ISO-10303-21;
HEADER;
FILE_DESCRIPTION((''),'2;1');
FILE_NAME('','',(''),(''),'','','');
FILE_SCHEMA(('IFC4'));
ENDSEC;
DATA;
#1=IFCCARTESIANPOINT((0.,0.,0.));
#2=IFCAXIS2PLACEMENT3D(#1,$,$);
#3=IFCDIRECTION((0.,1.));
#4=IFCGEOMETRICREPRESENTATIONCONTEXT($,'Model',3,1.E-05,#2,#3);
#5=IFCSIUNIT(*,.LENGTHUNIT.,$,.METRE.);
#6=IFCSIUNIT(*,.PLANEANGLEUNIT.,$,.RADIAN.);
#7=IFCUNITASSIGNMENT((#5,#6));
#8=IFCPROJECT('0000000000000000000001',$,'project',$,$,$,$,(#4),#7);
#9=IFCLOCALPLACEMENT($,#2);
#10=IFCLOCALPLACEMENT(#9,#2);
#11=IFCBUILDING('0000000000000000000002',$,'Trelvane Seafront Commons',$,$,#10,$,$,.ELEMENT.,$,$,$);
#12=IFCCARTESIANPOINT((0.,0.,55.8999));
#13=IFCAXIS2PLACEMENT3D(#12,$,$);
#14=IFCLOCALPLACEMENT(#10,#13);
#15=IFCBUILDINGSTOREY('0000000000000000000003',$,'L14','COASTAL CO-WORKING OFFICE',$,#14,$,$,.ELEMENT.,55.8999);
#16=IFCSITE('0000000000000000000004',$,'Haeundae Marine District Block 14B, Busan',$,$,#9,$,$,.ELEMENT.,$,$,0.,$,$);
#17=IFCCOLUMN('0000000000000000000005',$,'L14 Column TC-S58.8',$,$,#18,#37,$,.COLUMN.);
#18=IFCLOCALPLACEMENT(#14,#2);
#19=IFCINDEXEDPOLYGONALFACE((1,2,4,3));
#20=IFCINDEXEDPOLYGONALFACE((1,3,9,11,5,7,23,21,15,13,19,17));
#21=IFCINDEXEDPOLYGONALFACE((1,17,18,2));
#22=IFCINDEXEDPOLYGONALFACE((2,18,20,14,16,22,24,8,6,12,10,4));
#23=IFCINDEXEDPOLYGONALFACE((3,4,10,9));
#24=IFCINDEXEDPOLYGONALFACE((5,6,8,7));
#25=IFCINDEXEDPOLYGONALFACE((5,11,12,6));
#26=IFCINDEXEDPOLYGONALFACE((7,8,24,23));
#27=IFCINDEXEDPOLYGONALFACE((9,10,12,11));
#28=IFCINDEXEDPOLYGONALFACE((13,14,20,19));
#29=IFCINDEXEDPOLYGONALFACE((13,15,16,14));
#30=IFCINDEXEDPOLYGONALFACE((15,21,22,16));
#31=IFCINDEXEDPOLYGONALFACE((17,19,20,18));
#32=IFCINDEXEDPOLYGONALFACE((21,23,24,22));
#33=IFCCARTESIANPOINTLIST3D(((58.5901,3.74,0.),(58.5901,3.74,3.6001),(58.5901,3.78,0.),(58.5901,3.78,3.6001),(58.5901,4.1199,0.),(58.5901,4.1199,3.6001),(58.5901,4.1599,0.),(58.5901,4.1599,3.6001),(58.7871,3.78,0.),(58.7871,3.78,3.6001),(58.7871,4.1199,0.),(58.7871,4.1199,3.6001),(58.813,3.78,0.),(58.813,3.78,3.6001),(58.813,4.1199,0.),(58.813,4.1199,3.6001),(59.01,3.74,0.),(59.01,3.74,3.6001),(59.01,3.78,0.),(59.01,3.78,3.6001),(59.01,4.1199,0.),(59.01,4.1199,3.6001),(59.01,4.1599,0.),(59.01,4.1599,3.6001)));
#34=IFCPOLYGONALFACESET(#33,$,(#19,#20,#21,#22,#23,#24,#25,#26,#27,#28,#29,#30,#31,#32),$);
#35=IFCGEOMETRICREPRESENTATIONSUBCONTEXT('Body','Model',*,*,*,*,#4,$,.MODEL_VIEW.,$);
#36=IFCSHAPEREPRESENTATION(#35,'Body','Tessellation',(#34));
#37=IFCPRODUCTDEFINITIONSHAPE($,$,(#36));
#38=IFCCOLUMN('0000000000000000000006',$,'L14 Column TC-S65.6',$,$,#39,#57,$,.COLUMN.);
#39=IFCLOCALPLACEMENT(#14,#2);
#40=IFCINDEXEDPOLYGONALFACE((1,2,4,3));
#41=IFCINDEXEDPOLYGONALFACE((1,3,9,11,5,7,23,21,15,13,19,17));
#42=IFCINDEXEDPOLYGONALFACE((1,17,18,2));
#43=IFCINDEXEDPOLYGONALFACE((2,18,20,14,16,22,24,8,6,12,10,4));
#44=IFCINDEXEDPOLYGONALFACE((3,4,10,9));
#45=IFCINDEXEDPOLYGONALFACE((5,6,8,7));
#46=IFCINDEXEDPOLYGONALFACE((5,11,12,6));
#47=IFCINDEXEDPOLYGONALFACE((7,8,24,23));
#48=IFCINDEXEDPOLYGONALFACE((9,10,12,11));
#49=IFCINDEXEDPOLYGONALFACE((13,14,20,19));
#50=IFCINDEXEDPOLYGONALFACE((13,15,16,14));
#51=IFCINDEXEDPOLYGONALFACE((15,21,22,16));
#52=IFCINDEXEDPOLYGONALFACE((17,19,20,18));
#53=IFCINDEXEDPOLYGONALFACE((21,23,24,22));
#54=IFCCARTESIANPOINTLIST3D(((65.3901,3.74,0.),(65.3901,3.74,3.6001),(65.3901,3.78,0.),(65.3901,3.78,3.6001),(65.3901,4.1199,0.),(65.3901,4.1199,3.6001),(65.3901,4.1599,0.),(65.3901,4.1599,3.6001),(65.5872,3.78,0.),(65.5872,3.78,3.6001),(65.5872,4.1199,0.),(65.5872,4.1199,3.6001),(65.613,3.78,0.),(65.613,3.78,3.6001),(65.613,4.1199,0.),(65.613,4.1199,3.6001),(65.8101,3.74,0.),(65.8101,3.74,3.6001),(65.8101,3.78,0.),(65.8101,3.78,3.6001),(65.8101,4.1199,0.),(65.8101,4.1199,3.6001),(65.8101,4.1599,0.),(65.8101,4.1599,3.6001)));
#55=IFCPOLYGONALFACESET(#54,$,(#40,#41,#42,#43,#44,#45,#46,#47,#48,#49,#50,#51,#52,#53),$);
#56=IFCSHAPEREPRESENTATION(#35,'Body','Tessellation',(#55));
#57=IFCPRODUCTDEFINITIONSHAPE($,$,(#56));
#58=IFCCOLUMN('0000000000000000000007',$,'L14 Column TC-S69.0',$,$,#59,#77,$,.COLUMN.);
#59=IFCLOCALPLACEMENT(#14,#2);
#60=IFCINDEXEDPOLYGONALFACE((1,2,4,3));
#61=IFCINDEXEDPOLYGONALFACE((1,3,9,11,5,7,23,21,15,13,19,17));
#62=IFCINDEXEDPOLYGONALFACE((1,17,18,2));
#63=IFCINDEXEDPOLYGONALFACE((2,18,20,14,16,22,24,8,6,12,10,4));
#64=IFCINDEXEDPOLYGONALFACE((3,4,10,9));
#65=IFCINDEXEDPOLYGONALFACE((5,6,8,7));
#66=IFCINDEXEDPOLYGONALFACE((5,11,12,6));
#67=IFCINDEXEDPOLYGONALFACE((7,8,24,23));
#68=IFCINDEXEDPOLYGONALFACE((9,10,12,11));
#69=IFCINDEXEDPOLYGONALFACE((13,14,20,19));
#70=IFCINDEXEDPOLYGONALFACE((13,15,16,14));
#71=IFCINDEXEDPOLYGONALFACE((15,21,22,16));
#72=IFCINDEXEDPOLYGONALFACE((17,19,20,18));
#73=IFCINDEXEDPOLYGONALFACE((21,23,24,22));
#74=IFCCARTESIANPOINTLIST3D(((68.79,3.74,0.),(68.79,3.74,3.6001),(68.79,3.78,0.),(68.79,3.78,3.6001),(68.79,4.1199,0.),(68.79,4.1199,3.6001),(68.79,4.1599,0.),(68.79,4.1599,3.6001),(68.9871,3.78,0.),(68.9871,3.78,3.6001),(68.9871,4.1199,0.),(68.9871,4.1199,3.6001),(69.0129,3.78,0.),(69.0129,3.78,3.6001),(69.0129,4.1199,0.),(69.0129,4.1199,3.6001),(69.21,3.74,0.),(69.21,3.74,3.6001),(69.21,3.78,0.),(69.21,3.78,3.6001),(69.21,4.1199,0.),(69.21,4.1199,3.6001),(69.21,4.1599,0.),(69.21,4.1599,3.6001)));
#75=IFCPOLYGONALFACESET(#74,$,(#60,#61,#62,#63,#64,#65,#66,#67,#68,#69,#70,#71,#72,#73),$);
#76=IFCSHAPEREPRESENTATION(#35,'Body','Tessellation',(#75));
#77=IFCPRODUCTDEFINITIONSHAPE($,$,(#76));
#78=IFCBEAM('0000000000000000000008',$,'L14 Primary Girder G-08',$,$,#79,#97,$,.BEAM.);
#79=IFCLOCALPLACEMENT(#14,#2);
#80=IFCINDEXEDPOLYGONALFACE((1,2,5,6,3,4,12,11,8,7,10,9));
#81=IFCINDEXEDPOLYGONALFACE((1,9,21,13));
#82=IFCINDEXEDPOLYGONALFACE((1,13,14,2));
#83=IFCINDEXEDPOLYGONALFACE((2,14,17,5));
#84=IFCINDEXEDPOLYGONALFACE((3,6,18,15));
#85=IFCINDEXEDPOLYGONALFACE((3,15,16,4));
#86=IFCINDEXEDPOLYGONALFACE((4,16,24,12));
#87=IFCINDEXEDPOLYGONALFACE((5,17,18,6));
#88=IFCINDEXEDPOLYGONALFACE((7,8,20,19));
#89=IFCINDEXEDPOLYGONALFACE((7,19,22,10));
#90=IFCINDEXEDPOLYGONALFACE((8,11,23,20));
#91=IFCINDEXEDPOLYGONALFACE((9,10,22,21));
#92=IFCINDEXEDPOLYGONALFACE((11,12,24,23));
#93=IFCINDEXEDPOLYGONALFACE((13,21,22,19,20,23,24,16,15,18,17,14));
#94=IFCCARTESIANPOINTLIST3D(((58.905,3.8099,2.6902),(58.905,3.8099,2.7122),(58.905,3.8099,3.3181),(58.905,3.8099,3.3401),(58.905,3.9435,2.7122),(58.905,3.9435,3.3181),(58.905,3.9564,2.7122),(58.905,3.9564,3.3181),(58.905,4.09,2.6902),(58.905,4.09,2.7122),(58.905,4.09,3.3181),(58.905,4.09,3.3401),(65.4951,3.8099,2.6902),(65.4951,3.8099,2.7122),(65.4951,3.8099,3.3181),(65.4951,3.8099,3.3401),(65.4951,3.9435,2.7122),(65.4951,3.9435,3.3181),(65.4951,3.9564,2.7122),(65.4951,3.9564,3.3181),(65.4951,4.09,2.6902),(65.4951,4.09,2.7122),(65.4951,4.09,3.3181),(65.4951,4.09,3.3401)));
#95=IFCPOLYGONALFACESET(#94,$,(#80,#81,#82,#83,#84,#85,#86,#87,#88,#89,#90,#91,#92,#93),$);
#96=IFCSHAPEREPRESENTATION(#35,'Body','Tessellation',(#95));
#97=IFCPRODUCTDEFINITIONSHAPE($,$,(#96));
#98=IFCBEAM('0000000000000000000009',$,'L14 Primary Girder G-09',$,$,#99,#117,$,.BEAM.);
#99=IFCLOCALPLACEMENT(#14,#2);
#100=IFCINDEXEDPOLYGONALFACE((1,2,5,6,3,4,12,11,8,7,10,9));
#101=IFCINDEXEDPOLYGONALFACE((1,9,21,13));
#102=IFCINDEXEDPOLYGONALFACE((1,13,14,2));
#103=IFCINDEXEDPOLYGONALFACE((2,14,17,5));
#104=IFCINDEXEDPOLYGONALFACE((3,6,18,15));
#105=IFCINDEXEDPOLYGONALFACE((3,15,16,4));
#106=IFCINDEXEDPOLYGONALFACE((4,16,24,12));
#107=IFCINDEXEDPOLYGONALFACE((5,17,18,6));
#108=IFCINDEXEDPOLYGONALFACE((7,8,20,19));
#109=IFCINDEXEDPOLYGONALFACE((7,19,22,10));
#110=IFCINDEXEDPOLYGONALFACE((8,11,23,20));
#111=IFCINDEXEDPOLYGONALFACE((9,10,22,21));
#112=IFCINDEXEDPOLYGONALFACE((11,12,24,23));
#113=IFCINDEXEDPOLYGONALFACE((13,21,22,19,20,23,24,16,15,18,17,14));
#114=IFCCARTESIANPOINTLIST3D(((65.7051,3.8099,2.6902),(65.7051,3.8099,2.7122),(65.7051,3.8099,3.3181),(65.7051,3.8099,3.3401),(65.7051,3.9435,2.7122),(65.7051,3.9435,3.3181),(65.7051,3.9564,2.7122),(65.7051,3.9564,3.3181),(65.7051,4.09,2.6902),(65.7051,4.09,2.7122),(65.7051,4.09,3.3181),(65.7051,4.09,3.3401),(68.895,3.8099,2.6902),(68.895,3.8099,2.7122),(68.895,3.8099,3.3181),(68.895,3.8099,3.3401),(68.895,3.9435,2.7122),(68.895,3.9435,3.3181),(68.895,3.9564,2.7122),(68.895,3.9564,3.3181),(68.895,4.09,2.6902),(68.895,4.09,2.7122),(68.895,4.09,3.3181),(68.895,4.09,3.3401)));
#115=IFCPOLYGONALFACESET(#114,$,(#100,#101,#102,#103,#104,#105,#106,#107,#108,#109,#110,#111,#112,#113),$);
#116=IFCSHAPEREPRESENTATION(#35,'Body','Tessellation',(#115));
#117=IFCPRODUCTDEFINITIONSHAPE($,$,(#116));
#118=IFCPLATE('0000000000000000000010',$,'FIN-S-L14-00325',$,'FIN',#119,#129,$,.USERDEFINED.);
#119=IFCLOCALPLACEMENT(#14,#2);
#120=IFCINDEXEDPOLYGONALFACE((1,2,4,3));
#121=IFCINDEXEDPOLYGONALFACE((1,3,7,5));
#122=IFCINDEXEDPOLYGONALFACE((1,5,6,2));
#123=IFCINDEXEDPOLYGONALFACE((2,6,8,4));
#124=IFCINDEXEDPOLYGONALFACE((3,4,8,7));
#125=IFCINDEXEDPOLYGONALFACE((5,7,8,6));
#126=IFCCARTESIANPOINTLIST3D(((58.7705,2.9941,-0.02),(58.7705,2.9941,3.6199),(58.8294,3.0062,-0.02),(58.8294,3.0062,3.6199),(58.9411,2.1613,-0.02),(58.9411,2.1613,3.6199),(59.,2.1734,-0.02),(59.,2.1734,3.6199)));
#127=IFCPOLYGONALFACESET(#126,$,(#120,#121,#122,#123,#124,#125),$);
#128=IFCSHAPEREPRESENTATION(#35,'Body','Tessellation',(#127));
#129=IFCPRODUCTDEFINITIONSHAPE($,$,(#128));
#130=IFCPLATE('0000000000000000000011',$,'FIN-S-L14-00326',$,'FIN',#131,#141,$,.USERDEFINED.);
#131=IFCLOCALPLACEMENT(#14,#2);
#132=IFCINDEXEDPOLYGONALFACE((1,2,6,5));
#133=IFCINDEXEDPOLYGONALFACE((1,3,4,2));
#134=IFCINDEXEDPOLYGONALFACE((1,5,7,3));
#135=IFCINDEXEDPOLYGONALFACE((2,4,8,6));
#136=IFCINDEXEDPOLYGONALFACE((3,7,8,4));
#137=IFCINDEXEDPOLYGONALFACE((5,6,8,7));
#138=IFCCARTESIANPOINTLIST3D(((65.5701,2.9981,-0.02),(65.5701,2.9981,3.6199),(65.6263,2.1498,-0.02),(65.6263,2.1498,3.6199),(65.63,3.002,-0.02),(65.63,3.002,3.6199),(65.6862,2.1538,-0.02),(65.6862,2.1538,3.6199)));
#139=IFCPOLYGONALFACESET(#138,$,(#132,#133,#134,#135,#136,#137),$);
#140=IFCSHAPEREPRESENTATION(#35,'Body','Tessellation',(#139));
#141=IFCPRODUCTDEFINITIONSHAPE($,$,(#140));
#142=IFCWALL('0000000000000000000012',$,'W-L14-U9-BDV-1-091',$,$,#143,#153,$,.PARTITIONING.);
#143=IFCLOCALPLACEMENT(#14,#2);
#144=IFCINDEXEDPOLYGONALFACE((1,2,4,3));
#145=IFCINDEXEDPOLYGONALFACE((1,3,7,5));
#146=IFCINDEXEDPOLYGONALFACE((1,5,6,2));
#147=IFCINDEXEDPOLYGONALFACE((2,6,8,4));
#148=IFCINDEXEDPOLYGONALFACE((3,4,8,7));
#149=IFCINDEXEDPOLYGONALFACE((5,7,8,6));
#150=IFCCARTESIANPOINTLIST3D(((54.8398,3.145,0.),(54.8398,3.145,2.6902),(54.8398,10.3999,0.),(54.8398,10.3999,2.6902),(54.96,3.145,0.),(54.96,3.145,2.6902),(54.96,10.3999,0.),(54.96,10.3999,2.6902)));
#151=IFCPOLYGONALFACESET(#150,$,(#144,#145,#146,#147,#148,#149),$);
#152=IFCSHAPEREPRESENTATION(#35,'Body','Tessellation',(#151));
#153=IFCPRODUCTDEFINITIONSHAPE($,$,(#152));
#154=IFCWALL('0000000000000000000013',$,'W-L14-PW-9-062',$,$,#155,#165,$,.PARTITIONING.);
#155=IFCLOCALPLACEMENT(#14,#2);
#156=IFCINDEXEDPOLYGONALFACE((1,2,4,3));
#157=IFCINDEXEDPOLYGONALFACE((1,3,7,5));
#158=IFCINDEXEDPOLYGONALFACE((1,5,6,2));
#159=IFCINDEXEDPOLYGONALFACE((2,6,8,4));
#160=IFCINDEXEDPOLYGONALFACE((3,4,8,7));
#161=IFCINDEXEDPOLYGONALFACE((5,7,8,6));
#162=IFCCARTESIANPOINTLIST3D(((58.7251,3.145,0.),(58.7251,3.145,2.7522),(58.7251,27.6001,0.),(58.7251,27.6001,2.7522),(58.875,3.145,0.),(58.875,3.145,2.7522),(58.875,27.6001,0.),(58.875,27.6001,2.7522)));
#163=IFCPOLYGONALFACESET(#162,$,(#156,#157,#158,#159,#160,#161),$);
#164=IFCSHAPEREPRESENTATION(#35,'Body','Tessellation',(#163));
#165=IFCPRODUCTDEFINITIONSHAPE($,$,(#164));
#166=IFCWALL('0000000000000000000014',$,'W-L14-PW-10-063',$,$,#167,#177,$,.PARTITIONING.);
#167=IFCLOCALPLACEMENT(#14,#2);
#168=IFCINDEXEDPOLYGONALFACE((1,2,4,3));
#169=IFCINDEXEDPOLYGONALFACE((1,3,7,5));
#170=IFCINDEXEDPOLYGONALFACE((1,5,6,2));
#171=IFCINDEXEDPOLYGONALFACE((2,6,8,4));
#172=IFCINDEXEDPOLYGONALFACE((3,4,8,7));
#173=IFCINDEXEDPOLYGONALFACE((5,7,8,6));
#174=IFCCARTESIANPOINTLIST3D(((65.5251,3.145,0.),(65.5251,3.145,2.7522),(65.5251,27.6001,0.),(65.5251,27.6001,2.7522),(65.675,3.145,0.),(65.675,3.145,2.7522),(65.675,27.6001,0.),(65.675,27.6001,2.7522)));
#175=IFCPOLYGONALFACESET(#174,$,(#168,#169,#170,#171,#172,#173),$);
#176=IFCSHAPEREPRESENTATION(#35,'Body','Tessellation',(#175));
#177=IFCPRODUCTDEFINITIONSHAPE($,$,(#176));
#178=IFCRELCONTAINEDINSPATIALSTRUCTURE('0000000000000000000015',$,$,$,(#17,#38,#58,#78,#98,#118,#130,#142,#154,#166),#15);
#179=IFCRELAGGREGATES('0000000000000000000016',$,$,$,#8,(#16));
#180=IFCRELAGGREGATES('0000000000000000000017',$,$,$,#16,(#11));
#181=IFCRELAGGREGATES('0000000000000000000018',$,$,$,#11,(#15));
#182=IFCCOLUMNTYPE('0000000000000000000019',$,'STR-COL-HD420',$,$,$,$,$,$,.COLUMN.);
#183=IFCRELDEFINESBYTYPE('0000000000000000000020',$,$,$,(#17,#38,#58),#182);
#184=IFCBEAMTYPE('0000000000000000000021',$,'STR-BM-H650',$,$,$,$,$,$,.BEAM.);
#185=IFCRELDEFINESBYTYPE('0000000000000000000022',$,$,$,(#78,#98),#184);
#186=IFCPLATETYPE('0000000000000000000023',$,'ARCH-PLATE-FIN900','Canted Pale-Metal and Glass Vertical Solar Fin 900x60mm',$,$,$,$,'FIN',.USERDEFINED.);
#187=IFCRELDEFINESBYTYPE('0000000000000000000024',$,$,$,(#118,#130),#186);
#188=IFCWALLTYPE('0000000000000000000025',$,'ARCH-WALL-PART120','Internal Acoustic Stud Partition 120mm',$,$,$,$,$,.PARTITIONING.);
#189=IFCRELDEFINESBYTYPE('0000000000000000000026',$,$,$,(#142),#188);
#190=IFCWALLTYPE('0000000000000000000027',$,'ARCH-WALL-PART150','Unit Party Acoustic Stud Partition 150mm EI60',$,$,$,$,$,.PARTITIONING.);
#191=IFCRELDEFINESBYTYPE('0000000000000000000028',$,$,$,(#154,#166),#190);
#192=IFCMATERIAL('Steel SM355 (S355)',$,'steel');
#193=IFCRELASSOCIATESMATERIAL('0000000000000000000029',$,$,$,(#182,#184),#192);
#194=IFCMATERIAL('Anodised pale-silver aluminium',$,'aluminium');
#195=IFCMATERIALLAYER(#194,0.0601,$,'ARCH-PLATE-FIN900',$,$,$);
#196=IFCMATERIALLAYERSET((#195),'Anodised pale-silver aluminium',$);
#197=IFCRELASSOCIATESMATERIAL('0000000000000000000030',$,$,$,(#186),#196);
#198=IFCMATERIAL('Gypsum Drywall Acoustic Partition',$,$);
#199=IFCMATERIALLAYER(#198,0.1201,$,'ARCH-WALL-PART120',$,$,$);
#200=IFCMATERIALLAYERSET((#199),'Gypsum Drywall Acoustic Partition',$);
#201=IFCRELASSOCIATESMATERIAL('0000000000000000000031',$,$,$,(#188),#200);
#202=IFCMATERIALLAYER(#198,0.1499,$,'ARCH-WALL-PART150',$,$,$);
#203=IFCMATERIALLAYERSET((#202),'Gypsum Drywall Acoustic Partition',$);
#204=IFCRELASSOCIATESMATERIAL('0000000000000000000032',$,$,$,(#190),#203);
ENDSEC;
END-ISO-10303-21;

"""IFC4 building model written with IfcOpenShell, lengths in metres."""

from ifc_helpers import new_model, si_unit, direction, frame, frame_2d, origin, origin_2d, place, context, subcontext, project, spatial, rectangle, i_section, extrude, source, transform, mapped, material, layer, layer_set, material_profile, profile_set, type_object, element, save


model = new_model("IFC4")

# Units and contexts
model_context = context("Model", 3, precision=1e-05, world=origin(), true_north=direction((0.0, 1.0)))
body_context = subcontext(model_context, "Body", "Model", "MODEL_VIEW")
ifc_project = project(units=[si_unit("LENGTHUNIT", "METRE"), si_unit("PLANEANGLEUNIT", "RADIAN")], contexts=[model_context])

# Site, building, storey
site_placement = place(None, origin())
site = spatial("IfcSite", under=ifc_project, at=site_placement, Name="Haeundae Marine District Block 14B, Busan", CompositionType="ELEMENT", RefElevation=0.0)
building_placement = place(site_placement, origin())
building = spatial("IfcBuilding", under=site, at=building_placement, Name="Trelvane Seafront Commons", CompositionType="ELEMENT")
storey_placement = place(building_placement, frame((0.0, 0.0, 55.8999)))
storey = spatial("IfcBuildingStorey", under=building, at=storey_placement, Name="L14", Description="COASTAL CO-WORKING OFFICE", CompositionType="ELEMENT", Elevation=55.8999)

# Columns
ifc_material_1 = material(Name="Steel SM355 (S355)", Category="steel")
ifc_material_profile_1 = material_profile(ifc_material_1, i_section(OverallWidth=0.4199, OverallDepth=0.4199, WebThickness=0.0259, FlangeThickness=0.04, at=origin_2d()), Name="HD-420x420x26x40")
ifc_profile_set_1 = profile_set([ifc_material_profile_1], Name="Steel SM355 (S355)")
column_type = type_object("IfcColumnType", Name="STR-COL-HD420", PredefinedType="COLUMN", material=ifc_profile_set_1)
shared_shape_1 = source(origin(), body_context, "Body", "SweptSolid", [
    extrude(i_section(OverallWidth=0.4199, OverallDepth=0.4199, WebThickness=0.0259, FlangeThickness=0.04, at=origin_2d()), origin(), (0.0, 0.0, 1.0), 3.6001),
])
for number, where, z_axis, x_axis, name in (
    (1, (58.8, 3.95, 0.0), (0.0, 0.0, 1.0), (1.0, 0.0, 0.0), "L14 Column TC-S58.8"),
    (2, (65.6001, 3.95, 0.0), (0.0, 0.0, 1.0), (1.0, 0.0, 0.0), "L14 Column TC-S65.6"),
    (3, (69.0, 3.95, 0.0), (0.0, 0.0, 1.0), (1.0, 0.0, 0.0), "L14 Column TC-S69.0"),
):
    element("IfcColumn", number, at=place(storey_placement, frame(where, z_axis=z_axis, x_axis=x_axis)), inside=storey, type_object=column_type, Name=name, PredefinedType="COLUMN", context=body_context, shape_type="MappedRepresentation", body=[
        mapped(shared_shape_1, transform((0.0, 0.0, 0.0), x_axis=(1.0, 0.0, 0.0), y_axis=(0.0, 1.0, 0.0), z_axis=(0.0, 0.0, 1.0), scale=1.0)),
    ])

# Beams
ifc_material_profile_2 = material_profile(ifc_material_1, i_section(OverallWidth=0.28, OverallDepth=0.6499, WebThickness=0.0129, FlangeThickness=0.022, at=origin_2d()), Name="H-650x280x13x22")
ifc_profile_set_2 = profile_set([ifc_material_profile_2], Name="Steel SM355 (S355)")
beam_type = type_object("IfcBeamType", Name="STR-BM-H650", PredefinedType="BEAM", material=ifc_profile_set_2)
shared_shape_2 = source(origin(), body_context, "Body", "SweptSolid", [
    extrude(i_section(OverallWidth=0.28, OverallDepth=0.6499, WebThickness=0.0129, FlangeThickness=0.022, at=origin_2d()), origin(), (0.0, 0.0, 1.0), 6.5901),
])
beam_1_placement = place(storey_placement, frame((58.905, 3.95, 3.0151), z_axis=(1.0, 0.0, 0.0), x_axis=(0.0, 1.0, 0.0)))
element("IfcBeam", 4, at=beam_1_placement, inside=storey, type_object=beam_type, Name="L14 Primary Girder G-08", PredefinedType="BEAM", context=body_context, shape_type="MappedRepresentation", body=[
    mapped(shared_shape_2, transform((0.0, 0.0, 0.0), x_axis=(1.0, 0.0, 0.0), y_axis=(0.0, 1.0, 0.0), z_axis=(0.0, 0.0, 1.0), scale=1.0)),
])
shared_shape_3 = source(origin(), body_context, "Body", "SweptSolid", [
    extrude(i_section(OverallWidth=0.28, OverallDepth=0.6499, WebThickness=0.0129, FlangeThickness=0.022, at=origin_2d()), origin(), (0.0, 0.0, 1.0), 3.1899),
])
beam_2_placement = place(storey_placement, frame((65.7051, 3.95, 3.0151), z_axis=(1.0, 0.0, 0.0), x_axis=(0.0, 1.0, 0.0)))
element("IfcBeam", 5, at=beam_2_placement, inside=storey, type_object=beam_type, Name="L14 Primary Girder G-09", PredefinedType="BEAM", context=body_context, shape_type="MappedRepresentation", body=[
    mapped(shared_shape_3, transform((0.0, 0.0, 0.0), x_axis=(1.0, 0.0, 0.0), y_axis=(0.0, 1.0, 0.0), z_axis=(0.0, 0.0, 1.0), scale=1.0)),
])

# Plates
ifc_material_2 = material(Name="Anodised pale-silver aluminium", Category="aluminium")
ifc_layer_1 = layer(ifc_material_2, 0.0601, Name="ARCH-PLATE-FIN900")
ifc_layer_set_1 = layer_set([ifc_layer_1], Name="Anodised pale-silver aluminium")
plate_type = type_object("IfcPlateType", Name="ARCH-PLATE-FIN900", Description="Canted Pale-Metal and Glass Vertical Solar Fin 900x60mm", ElementType="FIN", PredefinedType="USERDEFINED", material=ifc_layer_set_1)
shared_shape_4 = source(origin(), body_context, "Body", "SweptSolid", [
    extrude(rectangle(XDim=0.8501, YDim=0.0601, at=origin_2d()), origin(), (0.0, 0.0, 1.0), 3.6399),
])
for number, where, z_axis, x_axis, name in (
    (6, (58.8853, 2.5837, -0.02), (0.0, 0.0, 1.0), (0.200707, -0.979651, 0.0), "FIN-S-L14-00325"),
    (7, (65.6282, 2.5759, -0.02), (0.0, 0.0, 1.0), (0.066121, -0.997812, 0.0), "FIN-S-L14-00326"),
):
    element("IfcPlate", number, at=place(storey_placement, frame(where, z_axis=z_axis, x_axis=x_axis)), inside=storey, type_object=plate_type, Name=name, ObjectType="FIN", PredefinedType="USERDEFINED", context=body_context, shape_type="MappedRepresentation", body=[
        mapped(shared_shape_4, transform((0.0, 0.0, 0.0), x_axis=(1.0, 0.0, 0.0), y_axis=(0.0, 1.0, 0.0), z_axis=(0.0, 0.0, 1.0), scale=1.0)),
    ])

# Walls
ifc_material_3 = material(Name="Gypsum Drywall Acoustic Partition")
ifc_layer_2 = layer(ifc_material_3, 0.1201, Name="ARCH-WALL-PART120")
ifc_layer_set_2 = layer_set([ifc_layer_2], Name="Gypsum Drywall Acoustic Partition")
wall_type_1 = type_object("IfcWallType", Name="ARCH-WALL-PART120", Description="Internal Acoustic Stud Partition 120mm", PredefinedType="PARTITIONING", material=ifc_layer_set_2)
wall_1_placement = place(storey_placement, frame((54.8999, 3.145, 0.0), z_axis=(0.0, 0.0, 1.0), x_axis=(0.0, 1.0, 0.0)))
element("IfcWall", 8, at=wall_1_placement, inside=storey, type_object=wall_type_1, Name="W-L14-U9-BDV-1-091", PredefinedType="PARTITIONING", context=body_context, shape_type="SweptSolid", body=[
    extrude(rectangle(XDim=7.2549, YDim=0.1201, at=frame_2d((3.6274, 0.0))), origin(), (0.0, 0.0, 1.0), 2.6902),
])
ifc_layer_3 = layer(ifc_material_3, 0.1499, Name="ARCH-WALL-PART150")
ifc_layer_set_3 = layer_set([ifc_layer_3], Name="Gypsum Drywall Acoustic Partition")
wall_type_2 = type_object("IfcWallType", Name="ARCH-WALL-PART150", Description="Unit Party Acoustic Stud Partition 150mm EI60", PredefinedType="PARTITIONING", material=ifc_layer_set_3)
for number, where, z_axis, x_axis, name in (
    (9, (58.8, 3.145, 0.0), (0.0, 0.0, 1.0), (0.0, 1.0, 0.0), "W-L14-PW-9-062"),
    (10, (65.6001, 3.145, 0.0), (0.0, 0.0, 1.0), (0.0, 1.0, 0.0), "W-L14-PW-10-063"),
):
    element("IfcWall", number, at=place(storey_placement, frame(where, z_axis=z_axis, x_axis=x_axis)), inside=storey, type_object=wall_type_2, Name=name, PredefinedType="PARTITIONING", context=body_context, shape_type="SweptSolid", body=[
        extrude(rectangle(XDim=24.4551, YDim=0.1499, at=frame_2d((12.2275, 0.0))), origin(), (0.0, 0.0, 1.0), 2.7522),
    ])

save(model, "model.ifc")
